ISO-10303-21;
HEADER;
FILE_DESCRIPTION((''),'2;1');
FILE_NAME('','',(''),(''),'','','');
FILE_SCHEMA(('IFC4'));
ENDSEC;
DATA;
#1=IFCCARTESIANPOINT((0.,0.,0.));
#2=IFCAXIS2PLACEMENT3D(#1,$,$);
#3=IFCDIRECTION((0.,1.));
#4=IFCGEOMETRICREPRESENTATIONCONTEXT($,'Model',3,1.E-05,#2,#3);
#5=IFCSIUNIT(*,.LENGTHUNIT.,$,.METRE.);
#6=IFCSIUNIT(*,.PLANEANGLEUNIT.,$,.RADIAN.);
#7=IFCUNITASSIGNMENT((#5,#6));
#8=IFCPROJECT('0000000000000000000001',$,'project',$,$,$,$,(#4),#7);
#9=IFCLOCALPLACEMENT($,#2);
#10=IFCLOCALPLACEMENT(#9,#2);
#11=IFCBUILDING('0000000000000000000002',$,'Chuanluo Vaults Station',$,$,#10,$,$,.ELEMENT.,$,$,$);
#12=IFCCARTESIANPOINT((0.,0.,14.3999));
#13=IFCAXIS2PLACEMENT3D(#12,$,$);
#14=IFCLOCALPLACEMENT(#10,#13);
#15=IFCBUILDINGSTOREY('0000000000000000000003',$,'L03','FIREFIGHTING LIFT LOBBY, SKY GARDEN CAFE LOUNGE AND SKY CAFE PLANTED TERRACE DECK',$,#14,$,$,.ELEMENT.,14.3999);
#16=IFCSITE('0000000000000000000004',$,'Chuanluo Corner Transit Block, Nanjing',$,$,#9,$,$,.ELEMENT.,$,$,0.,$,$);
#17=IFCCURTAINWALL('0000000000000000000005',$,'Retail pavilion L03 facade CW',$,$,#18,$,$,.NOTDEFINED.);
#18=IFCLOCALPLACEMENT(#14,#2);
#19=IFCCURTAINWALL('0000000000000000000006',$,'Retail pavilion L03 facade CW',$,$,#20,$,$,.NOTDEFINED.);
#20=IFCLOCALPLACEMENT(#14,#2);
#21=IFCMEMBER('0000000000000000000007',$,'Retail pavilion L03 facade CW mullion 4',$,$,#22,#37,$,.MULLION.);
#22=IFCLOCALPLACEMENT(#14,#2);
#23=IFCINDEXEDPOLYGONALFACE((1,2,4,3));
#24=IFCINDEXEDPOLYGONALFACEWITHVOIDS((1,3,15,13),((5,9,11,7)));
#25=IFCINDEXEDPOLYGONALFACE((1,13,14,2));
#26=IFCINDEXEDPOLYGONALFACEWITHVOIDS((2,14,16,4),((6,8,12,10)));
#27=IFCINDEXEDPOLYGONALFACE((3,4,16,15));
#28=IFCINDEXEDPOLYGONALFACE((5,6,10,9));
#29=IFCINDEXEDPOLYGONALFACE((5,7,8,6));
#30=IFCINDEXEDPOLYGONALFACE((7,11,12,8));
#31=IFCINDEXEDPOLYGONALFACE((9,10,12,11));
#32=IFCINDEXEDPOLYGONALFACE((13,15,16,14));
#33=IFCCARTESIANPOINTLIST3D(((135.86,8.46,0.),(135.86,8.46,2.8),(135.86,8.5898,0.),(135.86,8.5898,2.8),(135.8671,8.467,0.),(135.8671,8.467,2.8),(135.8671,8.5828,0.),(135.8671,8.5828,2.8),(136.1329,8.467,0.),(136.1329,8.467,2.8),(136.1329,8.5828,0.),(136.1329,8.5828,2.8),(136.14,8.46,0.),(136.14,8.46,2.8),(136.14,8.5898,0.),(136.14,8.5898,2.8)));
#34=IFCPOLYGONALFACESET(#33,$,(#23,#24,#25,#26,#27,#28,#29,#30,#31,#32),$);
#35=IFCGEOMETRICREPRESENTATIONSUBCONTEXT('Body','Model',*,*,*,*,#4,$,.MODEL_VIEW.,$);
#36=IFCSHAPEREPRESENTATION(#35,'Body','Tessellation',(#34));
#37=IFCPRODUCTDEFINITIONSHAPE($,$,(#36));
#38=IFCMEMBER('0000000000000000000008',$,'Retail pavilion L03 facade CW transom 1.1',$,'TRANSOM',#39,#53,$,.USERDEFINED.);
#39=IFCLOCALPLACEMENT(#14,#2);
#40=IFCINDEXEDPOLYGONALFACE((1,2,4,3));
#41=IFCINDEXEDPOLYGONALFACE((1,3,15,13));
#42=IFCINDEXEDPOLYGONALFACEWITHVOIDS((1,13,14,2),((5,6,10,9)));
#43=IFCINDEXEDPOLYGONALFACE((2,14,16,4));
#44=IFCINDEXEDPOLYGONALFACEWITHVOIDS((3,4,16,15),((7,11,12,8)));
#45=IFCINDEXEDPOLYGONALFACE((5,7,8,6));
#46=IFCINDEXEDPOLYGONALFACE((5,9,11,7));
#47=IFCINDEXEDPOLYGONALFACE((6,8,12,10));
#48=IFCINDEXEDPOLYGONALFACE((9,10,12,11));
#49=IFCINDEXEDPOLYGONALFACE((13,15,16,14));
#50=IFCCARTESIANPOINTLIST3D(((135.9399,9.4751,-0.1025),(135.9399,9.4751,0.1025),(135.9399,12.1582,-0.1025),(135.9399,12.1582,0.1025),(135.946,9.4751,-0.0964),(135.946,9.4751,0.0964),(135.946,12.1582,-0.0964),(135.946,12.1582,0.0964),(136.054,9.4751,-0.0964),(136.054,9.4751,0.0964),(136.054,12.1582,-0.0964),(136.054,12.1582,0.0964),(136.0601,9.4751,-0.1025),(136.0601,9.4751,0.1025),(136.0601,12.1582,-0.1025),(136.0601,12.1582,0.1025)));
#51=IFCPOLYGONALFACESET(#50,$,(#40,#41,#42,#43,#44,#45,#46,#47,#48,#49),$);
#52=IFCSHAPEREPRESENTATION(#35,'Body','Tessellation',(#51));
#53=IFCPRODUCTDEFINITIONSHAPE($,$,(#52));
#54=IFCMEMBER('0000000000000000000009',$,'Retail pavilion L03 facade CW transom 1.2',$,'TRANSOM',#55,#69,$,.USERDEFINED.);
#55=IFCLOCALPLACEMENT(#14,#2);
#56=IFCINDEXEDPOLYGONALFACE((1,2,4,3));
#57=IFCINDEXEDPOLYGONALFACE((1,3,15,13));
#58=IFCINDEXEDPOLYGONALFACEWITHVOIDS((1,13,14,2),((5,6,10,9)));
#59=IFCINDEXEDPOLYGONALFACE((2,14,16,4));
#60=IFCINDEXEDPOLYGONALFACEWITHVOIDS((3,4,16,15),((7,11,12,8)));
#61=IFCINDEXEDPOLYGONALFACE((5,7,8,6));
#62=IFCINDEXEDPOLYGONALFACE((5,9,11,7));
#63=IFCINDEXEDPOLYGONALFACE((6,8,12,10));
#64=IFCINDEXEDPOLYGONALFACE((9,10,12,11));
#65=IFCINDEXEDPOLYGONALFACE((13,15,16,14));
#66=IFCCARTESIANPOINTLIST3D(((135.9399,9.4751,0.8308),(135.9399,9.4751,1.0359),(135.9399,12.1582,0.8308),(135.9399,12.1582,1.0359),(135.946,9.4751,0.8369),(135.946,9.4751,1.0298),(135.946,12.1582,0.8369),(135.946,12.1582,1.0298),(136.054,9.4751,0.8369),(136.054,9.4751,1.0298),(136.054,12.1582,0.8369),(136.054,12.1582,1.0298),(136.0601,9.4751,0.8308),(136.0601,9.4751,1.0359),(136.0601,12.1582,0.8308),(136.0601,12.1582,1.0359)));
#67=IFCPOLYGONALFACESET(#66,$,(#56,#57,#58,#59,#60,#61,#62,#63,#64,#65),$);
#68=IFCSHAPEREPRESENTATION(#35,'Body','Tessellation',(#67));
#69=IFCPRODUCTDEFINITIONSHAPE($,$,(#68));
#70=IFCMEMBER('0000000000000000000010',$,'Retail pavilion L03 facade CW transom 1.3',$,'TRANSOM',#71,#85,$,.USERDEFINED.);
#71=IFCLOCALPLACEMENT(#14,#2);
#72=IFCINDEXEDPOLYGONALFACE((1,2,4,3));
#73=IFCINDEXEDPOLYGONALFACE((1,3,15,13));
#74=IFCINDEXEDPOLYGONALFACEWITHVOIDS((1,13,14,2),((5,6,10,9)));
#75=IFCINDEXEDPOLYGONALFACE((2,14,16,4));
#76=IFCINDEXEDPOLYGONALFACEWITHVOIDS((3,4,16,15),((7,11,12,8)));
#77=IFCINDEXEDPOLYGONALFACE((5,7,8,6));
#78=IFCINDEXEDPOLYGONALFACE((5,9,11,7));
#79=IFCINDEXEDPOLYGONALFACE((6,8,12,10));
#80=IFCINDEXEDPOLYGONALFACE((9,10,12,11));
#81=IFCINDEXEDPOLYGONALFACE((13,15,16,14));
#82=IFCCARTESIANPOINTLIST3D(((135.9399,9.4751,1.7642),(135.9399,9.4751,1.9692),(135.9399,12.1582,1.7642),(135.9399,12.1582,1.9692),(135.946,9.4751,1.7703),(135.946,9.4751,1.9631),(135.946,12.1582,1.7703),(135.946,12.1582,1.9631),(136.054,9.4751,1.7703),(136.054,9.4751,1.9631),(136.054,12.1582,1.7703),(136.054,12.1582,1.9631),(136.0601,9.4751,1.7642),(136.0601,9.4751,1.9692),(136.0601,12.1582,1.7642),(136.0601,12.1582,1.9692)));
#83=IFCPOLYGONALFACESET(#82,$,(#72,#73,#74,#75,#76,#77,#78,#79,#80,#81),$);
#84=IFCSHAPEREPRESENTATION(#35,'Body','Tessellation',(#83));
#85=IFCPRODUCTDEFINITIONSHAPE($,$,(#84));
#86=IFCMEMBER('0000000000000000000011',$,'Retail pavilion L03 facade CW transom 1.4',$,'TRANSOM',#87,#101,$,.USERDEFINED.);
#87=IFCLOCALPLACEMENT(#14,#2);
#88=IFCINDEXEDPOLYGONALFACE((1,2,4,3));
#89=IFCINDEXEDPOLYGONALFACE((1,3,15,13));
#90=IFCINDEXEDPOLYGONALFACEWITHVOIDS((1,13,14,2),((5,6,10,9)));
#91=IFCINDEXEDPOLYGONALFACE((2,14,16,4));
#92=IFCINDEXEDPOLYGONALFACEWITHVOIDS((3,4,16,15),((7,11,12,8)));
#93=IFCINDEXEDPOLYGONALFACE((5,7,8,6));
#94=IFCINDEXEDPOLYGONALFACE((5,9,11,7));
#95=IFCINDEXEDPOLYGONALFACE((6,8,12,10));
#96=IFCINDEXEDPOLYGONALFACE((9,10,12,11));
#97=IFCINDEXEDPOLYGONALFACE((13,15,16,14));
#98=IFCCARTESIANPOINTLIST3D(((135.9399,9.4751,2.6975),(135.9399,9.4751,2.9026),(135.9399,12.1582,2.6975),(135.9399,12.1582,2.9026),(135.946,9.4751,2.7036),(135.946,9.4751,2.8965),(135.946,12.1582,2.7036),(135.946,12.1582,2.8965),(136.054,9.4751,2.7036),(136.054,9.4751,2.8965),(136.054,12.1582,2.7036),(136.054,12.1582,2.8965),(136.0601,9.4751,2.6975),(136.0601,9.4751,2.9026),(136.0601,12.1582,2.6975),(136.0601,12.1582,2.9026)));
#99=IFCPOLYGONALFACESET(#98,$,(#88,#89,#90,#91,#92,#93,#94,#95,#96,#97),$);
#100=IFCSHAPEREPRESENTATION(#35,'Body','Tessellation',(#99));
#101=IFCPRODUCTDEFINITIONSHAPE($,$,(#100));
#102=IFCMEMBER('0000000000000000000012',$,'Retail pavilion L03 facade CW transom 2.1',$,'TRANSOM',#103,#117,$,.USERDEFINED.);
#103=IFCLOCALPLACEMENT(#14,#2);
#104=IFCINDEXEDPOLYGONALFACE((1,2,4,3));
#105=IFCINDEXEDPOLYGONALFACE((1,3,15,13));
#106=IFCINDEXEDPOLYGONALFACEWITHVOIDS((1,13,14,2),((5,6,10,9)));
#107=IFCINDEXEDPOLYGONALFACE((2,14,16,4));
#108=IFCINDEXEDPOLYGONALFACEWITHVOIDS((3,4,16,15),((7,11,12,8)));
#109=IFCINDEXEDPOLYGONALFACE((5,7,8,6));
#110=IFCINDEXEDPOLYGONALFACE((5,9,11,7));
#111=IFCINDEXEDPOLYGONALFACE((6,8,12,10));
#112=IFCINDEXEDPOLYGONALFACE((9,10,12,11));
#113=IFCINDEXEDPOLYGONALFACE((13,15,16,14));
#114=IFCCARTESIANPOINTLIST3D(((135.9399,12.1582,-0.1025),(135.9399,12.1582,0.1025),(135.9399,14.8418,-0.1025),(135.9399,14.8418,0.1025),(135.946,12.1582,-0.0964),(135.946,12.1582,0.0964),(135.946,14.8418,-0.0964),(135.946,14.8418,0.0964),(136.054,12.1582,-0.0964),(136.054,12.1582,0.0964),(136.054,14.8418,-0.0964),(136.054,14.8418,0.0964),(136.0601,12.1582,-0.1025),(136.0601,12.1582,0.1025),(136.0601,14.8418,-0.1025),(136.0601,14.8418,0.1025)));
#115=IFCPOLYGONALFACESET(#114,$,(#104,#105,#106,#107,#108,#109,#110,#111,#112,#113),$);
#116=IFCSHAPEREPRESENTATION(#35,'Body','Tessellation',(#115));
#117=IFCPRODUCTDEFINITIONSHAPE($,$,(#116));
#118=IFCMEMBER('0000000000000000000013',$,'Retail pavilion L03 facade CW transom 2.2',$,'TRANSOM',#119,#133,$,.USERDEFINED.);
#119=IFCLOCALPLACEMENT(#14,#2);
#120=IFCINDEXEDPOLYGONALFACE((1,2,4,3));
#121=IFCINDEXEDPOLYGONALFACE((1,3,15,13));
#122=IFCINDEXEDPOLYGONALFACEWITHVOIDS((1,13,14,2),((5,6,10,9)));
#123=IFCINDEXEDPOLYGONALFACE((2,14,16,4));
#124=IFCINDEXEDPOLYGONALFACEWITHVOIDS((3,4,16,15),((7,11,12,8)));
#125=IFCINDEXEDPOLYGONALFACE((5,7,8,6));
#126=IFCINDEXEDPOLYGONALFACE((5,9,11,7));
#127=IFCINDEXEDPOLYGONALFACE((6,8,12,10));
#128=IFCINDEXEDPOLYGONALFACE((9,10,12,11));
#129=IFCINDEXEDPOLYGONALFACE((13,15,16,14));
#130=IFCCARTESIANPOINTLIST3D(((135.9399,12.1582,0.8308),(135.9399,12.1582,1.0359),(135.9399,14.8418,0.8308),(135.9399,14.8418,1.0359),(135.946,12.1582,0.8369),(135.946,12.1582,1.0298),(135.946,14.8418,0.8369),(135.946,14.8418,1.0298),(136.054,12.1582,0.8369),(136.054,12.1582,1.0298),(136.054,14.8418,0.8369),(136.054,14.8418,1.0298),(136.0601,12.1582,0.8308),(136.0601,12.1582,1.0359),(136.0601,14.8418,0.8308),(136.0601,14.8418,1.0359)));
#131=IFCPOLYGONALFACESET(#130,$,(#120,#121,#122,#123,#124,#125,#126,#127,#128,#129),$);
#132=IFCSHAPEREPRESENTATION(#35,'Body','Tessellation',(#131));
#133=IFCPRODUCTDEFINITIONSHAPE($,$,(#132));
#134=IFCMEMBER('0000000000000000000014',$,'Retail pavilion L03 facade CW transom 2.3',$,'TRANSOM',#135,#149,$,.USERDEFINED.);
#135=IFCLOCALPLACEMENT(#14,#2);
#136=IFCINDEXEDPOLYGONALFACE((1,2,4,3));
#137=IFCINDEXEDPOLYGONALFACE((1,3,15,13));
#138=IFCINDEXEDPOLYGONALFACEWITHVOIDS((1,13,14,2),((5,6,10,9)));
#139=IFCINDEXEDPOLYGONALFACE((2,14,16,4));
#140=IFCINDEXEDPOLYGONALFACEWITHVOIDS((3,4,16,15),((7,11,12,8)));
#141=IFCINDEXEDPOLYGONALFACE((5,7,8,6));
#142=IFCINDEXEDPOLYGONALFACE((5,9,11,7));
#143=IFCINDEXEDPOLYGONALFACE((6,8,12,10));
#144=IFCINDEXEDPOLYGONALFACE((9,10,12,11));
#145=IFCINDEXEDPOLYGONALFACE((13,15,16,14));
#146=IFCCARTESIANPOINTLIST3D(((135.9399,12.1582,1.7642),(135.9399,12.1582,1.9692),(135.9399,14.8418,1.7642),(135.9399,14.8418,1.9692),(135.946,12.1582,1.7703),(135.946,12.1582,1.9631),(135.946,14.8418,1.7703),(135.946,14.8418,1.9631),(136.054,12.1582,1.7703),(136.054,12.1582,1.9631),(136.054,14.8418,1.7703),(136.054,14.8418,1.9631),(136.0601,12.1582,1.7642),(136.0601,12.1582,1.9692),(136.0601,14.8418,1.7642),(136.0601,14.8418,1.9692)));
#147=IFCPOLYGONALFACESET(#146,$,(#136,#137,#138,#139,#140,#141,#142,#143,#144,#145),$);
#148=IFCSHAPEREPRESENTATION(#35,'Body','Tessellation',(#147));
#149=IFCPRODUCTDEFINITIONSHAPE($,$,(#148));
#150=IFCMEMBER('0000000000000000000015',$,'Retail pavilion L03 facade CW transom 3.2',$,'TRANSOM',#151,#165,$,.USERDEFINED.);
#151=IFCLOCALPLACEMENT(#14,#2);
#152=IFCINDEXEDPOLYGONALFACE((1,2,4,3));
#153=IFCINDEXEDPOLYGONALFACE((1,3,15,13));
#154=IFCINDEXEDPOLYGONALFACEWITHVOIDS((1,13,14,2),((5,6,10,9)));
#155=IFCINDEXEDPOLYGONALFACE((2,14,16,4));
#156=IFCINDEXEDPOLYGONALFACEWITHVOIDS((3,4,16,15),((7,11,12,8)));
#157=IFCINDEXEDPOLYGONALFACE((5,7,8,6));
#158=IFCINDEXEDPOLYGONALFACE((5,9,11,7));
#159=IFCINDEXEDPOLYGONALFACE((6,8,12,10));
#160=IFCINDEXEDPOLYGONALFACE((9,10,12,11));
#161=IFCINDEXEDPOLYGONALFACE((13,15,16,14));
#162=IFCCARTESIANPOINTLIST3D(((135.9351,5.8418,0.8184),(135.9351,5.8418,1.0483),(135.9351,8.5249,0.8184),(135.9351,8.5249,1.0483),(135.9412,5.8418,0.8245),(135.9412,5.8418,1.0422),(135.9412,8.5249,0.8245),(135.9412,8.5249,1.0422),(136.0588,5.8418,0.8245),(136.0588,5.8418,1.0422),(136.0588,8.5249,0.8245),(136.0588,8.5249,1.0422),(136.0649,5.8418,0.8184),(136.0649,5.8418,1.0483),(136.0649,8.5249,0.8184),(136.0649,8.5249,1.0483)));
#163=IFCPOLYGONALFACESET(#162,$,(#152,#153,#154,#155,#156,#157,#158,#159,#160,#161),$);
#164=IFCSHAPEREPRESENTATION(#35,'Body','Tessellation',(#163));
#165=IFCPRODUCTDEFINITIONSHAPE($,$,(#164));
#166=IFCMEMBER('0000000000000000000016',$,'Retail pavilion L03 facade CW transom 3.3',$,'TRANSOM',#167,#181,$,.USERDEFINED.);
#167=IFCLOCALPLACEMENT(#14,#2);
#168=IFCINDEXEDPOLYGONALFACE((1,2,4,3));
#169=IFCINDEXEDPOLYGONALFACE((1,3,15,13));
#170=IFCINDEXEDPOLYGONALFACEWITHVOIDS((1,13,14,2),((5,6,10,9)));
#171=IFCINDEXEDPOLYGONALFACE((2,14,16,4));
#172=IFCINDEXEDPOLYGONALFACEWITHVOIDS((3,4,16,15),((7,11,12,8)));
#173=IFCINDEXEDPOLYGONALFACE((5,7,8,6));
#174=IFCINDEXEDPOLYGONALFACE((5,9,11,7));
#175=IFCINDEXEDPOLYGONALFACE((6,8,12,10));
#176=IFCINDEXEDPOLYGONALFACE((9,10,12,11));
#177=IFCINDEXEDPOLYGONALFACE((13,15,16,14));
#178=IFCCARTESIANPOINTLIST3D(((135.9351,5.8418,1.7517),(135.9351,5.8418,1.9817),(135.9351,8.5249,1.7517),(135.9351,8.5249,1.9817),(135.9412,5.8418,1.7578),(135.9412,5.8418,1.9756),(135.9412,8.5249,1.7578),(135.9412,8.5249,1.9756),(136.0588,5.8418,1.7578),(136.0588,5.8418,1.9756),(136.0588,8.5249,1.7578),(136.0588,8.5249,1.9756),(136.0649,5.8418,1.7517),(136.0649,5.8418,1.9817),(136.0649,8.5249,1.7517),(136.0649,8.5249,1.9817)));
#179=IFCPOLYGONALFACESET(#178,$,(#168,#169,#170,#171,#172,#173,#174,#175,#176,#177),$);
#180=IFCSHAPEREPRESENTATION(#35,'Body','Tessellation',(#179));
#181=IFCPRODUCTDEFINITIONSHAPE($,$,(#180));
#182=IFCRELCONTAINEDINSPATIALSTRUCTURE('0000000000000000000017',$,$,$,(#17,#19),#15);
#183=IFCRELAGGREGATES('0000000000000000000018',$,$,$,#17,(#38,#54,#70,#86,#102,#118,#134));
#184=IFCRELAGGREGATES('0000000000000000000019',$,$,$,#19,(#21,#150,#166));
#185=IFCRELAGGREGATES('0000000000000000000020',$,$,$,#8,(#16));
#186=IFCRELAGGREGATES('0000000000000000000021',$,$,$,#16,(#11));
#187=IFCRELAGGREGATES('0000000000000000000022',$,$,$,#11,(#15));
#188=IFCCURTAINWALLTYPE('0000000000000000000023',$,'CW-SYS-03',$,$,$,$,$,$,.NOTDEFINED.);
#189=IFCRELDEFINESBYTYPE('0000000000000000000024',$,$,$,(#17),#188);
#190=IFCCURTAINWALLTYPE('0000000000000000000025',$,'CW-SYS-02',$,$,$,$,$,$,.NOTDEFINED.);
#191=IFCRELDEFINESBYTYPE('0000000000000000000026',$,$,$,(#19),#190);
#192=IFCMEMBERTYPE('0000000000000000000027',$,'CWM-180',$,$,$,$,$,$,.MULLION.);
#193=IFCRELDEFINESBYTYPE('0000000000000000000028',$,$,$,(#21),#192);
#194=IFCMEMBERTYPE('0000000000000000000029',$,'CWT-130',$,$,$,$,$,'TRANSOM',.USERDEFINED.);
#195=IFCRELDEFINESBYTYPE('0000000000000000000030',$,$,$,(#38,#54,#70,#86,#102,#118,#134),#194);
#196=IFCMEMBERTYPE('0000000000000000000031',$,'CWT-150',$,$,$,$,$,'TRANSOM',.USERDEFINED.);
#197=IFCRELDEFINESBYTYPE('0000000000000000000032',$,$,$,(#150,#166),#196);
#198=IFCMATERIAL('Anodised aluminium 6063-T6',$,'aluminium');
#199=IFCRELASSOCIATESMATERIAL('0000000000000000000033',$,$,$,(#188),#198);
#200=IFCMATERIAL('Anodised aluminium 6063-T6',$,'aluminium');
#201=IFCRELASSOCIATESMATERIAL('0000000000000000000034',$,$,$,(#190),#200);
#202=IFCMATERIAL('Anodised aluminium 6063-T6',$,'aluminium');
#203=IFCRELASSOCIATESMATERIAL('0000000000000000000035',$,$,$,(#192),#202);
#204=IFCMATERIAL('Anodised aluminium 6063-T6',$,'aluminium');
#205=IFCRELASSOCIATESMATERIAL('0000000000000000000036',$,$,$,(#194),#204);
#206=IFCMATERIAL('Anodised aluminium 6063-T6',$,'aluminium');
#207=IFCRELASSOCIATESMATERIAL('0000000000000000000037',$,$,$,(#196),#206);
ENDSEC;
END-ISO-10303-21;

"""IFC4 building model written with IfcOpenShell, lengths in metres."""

from ifc_helpers import new_model, si_unit, direction, frame, origin, origin_2d, place, context, subcontext, project, spatial, hollow_rectangle, extrude, material, material_profile, profile_set, type_object, element, aggregate, save


model = new_model("IFC4")

# Units and contexts
model_context = context("Model", 3, precision=1e-05, world=origin(), true_north=direction((0.0, 1.0)))
body_context = subcontext(model_context, "Body", "Model", "MODEL_VIEW")
ifc_project = project(units=[si_unit("LENGTHUNIT", "METRE"), si_unit("PLANEANGLEUNIT", "RADIAN")], contexts=[model_context])

# Site, building, storey
site_placement = place(None, origin())
site = spatial("IfcSite", under=ifc_project, at=site_placement, Name="Chuanluo Corner Transit Block, Nanjing", CompositionType="ELEMENT", RefElevation=0.0)
building_placement = place(site_placement, origin())
building = spatial("IfcBuilding", under=site, at=building_placement, Name="Chuanluo Vaults Station", CompositionType="ELEMENT")
storey_placement = place(building_placement, frame((0.0, 0.0, 14.3999)))
storey = spatial("IfcBuildingStorey", under=building, at=storey_placement, Name="L03", Description="FIREFIGHTING LIFT LOBBY, SKY GARDEN CAFE LOUNGE AND SKY CAFE PLANTED TERRACE DECK", CompositionType="ELEMENT", Elevation=14.3999)

# Curtain wall
ifc_material_1 = material(Name="Anodised aluminium 6063-T6", Category="aluminium")
curtain_wall_type_1 = type_object("IfcCurtainWallType", Name="CW-SYS-03", PredefinedType="NOTDEFINED", material=ifc_material_1)
curtain_wall_1_placement = place(storey_placement, origin())
curtain_wall_1 = element("IfcCurtainWall", 1, at=curtain_wall_1_placement, inside=storey, type_object=curtain_wall_type_1, Name="Retail pavilion L03 facade CW", PredefinedType="NOTDEFINED")

# Curtain wall, member
ifc_material_2 = material(Name="Anodised aluminium 6063-T6", Category="aluminium")
curtain_wall_type_2 = type_object("IfcCurtainWallType", Name="CW-SYS-02", PredefinedType="NOTDEFINED", material=ifc_material_2)
curtain_wall_2_placement = place(storey_placement, origin())
curtain_wall_2 = element("IfcCurtainWall", 2, at=curtain_wall_2_placement, inside=storey, type_object=curtain_wall_type_2, Name="Retail pavilion L03 facade CW", PredefinedType="NOTDEFINED")
ifc_material_3 = material(Name="Anodised aluminium 6063-T6", Category="aluminium")
ifc_material_profile_1 = material_profile(ifc_material_3, hollow_rectangle(XDim=0.1299, YDim=0.28, WallThickness=0.0071, at=origin_2d()))
ifc_profile_set_1 = profile_set([ifc_material_profile_1], Name="Anodised aluminium 6063-T6")
member_type_1 = type_object("IfcMemberType", Name="CWM-180", PredefinedType="MULLION", material=ifc_profile_set_1)
member_1_placement = place(storey_placement, frame((136.0, 8.5249, 0.0), z_axis=(0.0, 0.0, 1.0), x_axis=(0.0, 1.0, 0.0)))
member_1 = element("IfcMember", 3, at=member_1_placement, type_object=member_type_1, Name="Retail pavilion L03 facade CW mullion 4", PredefinedType="MULLION", context=body_context, shape_type="SweptSolid", body=[
    extrude(hollow_rectangle(XDim=0.1299, YDim=0.28, WallThickness=0.0071, at=origin_2d()), origin(), (0.0, 0.0, 1.0), 2.8),
])

# Members
ifc_material_4 = material(Name="Anodised aluminium 6063-T6", Category="aluminium")
ifc_material_profile_2 = material_profile(ifc_material_4, hollow_rectangle(XDim=0.1201, YDim=0.2051, WallThickness=0.0061, at=origin_2d()))
ifc_profile_set_2 = profile_set([ifc_material_profile_2], Name="Anodised aluminium 6063-T6")
member_type_2 = type_object("IfcMemberType", Name="CWT-130", ElementType="TRANSOM", PredefinedType="USERDEFINED", material=ifc_profile_set_2)
member_2_placement = place(storey_placement, frame((136.0, 9.4751, 0.0), z_axis=(0.0, 1.0, 0.0), x_axis=(-1.0, 0.0, 0.0)))
member_2 = element("IfcMember", 4, at=member_2_placement, type_object=member_type_2, Name="Retail pavilion L03 facade CW transom 1.1", ObjectType="TRANSOM", PredefinedType="USERDEFINED", context=body_context, shape_type="SweptSolid", body=[
    extrude(hollow_rectangle(XDim=0.1201, YDim=0.2051, WallThickness=0.0061, at=origin_2d()), origin(), (0.0, 0.0, 1.0), 2.6831),
])
member_3_placement = place(storey_placement, frame((136.0, 9.4751, 0.9333), z_axis=(0.0, 1.0, 0.0), x_axis=(-1.0, 0.0, 0.0)))
member_3 = element("IfcMember", 5, at=member_3_placement, type_object=member_type_2, Name="Retail pavilion L03 facade CW transom 1.2", ObjectType="TRANSOM", PredefinedType="USERDEFINED", context=body_context, shape_type="SweptSolid", body=[
    extrude(hollow_rectangle(XDim=0.1201, YDim=0.2051, WallThickness=0.0061, at=origin_2d()), origin(), (0.0, 0.0, 1.0), 2.6831),
])
member_4_placement = place(storey_placement, frame((136.0, 9.4751, 1.8667), z_axis=(0.0, 1.0, 0.0), x_axis=(-1.0, 0.0, 0.0)))
member_4 = element("IfcMember", 6, at=member_4_placement, type_object=member_type_2, Name="Retail pavilion L03 facade CW transom 1.3", ObjectType="TRANSOM", PredefinedType="USERDEFINED", context=body_context, shape_type="SweptSolid", body=[
    extrude(hollow_rectangle(XDim=0.1201, YDim=0.2051, WallThickness=0.0061, at=origin_2d()), origin(), (0.0, 0.0, 1.0), 2.6831),
])
member_5_placement = place(storey_placement, frame((136.0, 9.4751, 2.8), z_axis=(0.0, 1.0, 0.0), x_axis=(-1.0, 0.0, 0.0)))
member_5 = element("IfcMember", 7, at=member_5_placement, type_object=member_type_2, Name="Retail pavilion L03 facade CW transom 1.4", ObjectType="TRANSOM", PredefinedType="USERDEFINED", context=body_context, shape_type="SweptSolid", body=[
    extrude(hollow_rectangle(XDim=0.1201, YDim=0.2051, WallThickness=0.0061, at=origin_2d()), origin(), (0.0, 0.0, 1.0), 2.6831),
])
member_6_placement = place(storey_placement, frame((136.0, 12.1582, 0.0), z_axis=(0.0, 1.0, 0.0), x_axis=(-1.0, 0.0, 0.0)))
member_6 = element("IfcMember", 8, at=member_6_placement, type_object=member_type_2, Name="Retail pavilion L03 facade CW transom 2.1", ObjectType="TRANSOM", PredefinedType="USERDEFINED", context=body_context, shape_type="SweptSolid", body=[
    extrude(hollow_rectangle(XDim=0.1201, YDim=0.2051, WallThickness=0.0061, at=origin_2d()), origin(), (0.0, 0.0, 1.0), 2.6836),
])
member_7_placement = place(storey_placement, frame((136.0, 12.1582, 0.9333), z_axis=(0.0, 1.0, 0.0), x_axis=(-1.0, 0.0, 0.0)))
member_7 = element("IfcMember", 9, at=member_7_placement, type_object=member_type_2, Name="Retail pavilion L03 facade CW transom 2.2", ObjectType="TRANSOM", PredefinedType="USERDEFINED", context=body_context, shape_type="SweptSolid", body=[
    extrude(hollow_rectangle(XDim=0.1201, YDim=0.2051, WallThickness=0.0061, at=origin_2d()), origin(), (0.0, 0.0, 1.0), 2.6836),
])
member_8_placement = place(storey_placement, frame((136.0, 12.1582, 1.8667), z_axis=(0.0, 1.0, 0.0), x_axis=(-1.0, 0.0, 0.0)))
member_8 = element("IfcMember", 10, at=member_8_placement, type_object=member_type_2, Name="Retail pavilion L03 facade CW transom 2.3", ObjectType="TRANSOM", PredefinedType="USERDEFINED", context=body_context, shape_type="SweptSolid", body=[
    extrude(hollow_rectangle(XDim=0.1201, YDim=0.2051, WallThickness=0.0061, at=origin_2d()), origin(), (0.0, 0.0, 1.0), 2.6836),
])
ifc_material_5 = material(Name="Anodised aluminium 6063-T6", Category="aluminium")
ifc_material_profile_3 = material_profile(ifc_material_5, hollow_rectangle(XDim=0.1299, YDim=0.23, WallThickness=0.0061, at=origin_2d()))
ifc_profile_set_3 = profile_set([ifc_material_profile_3], Name="Anodised aluminium 6063-T6")
member_type_3 = type_object("IfcMemberType", Name="CWT-150", ElementType="TRANSOM", PredefinedType="USERDEFINED", material=ifc_profile_set_3)
member_9_placement = place(storey_placement, frame((136.0, 5.8418, 0.9333), z_axis=(0.0, 1.0, 0.0), x_axis=(-1.0, 0.0, 0.0)))
member_9 = element("IfcMember", 11, at=member_9_placement, type_object=member_type_3, Name="Retail pavilion L03 facade CW transom 3.2", ObjectType="TRANSOM", PredefinedType="USERDEFINED", context=body_context, shape_type="SweptSolid", body=[
    extrude(hollow_rectangle(XDim=0.1299, YDim=0.23, WallThickness=0.0061, at=origin_2d()), origin(), (0.0, 0.0, 1.0), 2.6831),
])
member_10_placement = place(storey_placement, frame((136.0, 5.8418, 1.8667), z_axis=(0.0, 1.0, 0.0), x_axis=(-1.0, 0.0, 0.0)))
member_10 = element("IfcMember", 12, at=member_10_placement, type_object=member_type_3, Name="Retail pavilion L03 facade CW transom 3.3", ObjectType="TRANSOM", PredefinedType="USERDEFINED", context=body_context, shape_type="SweptSolid", body=[
    extrude(hollow_rectangle(XDim=0.1299, YDim=0.23, WallThickness=0.0061, at=origin_2d()), origin(), (0.0, 0.0, 1.0), 2.6831),
])

aggregate(curtain_wall_1, [member_2, member_3, member_4, member_5, member_6, member_7, member_8])
aggregate(curtain_wall_2, [member_1, member_9, member_10])

save(model, "model.ifc")
